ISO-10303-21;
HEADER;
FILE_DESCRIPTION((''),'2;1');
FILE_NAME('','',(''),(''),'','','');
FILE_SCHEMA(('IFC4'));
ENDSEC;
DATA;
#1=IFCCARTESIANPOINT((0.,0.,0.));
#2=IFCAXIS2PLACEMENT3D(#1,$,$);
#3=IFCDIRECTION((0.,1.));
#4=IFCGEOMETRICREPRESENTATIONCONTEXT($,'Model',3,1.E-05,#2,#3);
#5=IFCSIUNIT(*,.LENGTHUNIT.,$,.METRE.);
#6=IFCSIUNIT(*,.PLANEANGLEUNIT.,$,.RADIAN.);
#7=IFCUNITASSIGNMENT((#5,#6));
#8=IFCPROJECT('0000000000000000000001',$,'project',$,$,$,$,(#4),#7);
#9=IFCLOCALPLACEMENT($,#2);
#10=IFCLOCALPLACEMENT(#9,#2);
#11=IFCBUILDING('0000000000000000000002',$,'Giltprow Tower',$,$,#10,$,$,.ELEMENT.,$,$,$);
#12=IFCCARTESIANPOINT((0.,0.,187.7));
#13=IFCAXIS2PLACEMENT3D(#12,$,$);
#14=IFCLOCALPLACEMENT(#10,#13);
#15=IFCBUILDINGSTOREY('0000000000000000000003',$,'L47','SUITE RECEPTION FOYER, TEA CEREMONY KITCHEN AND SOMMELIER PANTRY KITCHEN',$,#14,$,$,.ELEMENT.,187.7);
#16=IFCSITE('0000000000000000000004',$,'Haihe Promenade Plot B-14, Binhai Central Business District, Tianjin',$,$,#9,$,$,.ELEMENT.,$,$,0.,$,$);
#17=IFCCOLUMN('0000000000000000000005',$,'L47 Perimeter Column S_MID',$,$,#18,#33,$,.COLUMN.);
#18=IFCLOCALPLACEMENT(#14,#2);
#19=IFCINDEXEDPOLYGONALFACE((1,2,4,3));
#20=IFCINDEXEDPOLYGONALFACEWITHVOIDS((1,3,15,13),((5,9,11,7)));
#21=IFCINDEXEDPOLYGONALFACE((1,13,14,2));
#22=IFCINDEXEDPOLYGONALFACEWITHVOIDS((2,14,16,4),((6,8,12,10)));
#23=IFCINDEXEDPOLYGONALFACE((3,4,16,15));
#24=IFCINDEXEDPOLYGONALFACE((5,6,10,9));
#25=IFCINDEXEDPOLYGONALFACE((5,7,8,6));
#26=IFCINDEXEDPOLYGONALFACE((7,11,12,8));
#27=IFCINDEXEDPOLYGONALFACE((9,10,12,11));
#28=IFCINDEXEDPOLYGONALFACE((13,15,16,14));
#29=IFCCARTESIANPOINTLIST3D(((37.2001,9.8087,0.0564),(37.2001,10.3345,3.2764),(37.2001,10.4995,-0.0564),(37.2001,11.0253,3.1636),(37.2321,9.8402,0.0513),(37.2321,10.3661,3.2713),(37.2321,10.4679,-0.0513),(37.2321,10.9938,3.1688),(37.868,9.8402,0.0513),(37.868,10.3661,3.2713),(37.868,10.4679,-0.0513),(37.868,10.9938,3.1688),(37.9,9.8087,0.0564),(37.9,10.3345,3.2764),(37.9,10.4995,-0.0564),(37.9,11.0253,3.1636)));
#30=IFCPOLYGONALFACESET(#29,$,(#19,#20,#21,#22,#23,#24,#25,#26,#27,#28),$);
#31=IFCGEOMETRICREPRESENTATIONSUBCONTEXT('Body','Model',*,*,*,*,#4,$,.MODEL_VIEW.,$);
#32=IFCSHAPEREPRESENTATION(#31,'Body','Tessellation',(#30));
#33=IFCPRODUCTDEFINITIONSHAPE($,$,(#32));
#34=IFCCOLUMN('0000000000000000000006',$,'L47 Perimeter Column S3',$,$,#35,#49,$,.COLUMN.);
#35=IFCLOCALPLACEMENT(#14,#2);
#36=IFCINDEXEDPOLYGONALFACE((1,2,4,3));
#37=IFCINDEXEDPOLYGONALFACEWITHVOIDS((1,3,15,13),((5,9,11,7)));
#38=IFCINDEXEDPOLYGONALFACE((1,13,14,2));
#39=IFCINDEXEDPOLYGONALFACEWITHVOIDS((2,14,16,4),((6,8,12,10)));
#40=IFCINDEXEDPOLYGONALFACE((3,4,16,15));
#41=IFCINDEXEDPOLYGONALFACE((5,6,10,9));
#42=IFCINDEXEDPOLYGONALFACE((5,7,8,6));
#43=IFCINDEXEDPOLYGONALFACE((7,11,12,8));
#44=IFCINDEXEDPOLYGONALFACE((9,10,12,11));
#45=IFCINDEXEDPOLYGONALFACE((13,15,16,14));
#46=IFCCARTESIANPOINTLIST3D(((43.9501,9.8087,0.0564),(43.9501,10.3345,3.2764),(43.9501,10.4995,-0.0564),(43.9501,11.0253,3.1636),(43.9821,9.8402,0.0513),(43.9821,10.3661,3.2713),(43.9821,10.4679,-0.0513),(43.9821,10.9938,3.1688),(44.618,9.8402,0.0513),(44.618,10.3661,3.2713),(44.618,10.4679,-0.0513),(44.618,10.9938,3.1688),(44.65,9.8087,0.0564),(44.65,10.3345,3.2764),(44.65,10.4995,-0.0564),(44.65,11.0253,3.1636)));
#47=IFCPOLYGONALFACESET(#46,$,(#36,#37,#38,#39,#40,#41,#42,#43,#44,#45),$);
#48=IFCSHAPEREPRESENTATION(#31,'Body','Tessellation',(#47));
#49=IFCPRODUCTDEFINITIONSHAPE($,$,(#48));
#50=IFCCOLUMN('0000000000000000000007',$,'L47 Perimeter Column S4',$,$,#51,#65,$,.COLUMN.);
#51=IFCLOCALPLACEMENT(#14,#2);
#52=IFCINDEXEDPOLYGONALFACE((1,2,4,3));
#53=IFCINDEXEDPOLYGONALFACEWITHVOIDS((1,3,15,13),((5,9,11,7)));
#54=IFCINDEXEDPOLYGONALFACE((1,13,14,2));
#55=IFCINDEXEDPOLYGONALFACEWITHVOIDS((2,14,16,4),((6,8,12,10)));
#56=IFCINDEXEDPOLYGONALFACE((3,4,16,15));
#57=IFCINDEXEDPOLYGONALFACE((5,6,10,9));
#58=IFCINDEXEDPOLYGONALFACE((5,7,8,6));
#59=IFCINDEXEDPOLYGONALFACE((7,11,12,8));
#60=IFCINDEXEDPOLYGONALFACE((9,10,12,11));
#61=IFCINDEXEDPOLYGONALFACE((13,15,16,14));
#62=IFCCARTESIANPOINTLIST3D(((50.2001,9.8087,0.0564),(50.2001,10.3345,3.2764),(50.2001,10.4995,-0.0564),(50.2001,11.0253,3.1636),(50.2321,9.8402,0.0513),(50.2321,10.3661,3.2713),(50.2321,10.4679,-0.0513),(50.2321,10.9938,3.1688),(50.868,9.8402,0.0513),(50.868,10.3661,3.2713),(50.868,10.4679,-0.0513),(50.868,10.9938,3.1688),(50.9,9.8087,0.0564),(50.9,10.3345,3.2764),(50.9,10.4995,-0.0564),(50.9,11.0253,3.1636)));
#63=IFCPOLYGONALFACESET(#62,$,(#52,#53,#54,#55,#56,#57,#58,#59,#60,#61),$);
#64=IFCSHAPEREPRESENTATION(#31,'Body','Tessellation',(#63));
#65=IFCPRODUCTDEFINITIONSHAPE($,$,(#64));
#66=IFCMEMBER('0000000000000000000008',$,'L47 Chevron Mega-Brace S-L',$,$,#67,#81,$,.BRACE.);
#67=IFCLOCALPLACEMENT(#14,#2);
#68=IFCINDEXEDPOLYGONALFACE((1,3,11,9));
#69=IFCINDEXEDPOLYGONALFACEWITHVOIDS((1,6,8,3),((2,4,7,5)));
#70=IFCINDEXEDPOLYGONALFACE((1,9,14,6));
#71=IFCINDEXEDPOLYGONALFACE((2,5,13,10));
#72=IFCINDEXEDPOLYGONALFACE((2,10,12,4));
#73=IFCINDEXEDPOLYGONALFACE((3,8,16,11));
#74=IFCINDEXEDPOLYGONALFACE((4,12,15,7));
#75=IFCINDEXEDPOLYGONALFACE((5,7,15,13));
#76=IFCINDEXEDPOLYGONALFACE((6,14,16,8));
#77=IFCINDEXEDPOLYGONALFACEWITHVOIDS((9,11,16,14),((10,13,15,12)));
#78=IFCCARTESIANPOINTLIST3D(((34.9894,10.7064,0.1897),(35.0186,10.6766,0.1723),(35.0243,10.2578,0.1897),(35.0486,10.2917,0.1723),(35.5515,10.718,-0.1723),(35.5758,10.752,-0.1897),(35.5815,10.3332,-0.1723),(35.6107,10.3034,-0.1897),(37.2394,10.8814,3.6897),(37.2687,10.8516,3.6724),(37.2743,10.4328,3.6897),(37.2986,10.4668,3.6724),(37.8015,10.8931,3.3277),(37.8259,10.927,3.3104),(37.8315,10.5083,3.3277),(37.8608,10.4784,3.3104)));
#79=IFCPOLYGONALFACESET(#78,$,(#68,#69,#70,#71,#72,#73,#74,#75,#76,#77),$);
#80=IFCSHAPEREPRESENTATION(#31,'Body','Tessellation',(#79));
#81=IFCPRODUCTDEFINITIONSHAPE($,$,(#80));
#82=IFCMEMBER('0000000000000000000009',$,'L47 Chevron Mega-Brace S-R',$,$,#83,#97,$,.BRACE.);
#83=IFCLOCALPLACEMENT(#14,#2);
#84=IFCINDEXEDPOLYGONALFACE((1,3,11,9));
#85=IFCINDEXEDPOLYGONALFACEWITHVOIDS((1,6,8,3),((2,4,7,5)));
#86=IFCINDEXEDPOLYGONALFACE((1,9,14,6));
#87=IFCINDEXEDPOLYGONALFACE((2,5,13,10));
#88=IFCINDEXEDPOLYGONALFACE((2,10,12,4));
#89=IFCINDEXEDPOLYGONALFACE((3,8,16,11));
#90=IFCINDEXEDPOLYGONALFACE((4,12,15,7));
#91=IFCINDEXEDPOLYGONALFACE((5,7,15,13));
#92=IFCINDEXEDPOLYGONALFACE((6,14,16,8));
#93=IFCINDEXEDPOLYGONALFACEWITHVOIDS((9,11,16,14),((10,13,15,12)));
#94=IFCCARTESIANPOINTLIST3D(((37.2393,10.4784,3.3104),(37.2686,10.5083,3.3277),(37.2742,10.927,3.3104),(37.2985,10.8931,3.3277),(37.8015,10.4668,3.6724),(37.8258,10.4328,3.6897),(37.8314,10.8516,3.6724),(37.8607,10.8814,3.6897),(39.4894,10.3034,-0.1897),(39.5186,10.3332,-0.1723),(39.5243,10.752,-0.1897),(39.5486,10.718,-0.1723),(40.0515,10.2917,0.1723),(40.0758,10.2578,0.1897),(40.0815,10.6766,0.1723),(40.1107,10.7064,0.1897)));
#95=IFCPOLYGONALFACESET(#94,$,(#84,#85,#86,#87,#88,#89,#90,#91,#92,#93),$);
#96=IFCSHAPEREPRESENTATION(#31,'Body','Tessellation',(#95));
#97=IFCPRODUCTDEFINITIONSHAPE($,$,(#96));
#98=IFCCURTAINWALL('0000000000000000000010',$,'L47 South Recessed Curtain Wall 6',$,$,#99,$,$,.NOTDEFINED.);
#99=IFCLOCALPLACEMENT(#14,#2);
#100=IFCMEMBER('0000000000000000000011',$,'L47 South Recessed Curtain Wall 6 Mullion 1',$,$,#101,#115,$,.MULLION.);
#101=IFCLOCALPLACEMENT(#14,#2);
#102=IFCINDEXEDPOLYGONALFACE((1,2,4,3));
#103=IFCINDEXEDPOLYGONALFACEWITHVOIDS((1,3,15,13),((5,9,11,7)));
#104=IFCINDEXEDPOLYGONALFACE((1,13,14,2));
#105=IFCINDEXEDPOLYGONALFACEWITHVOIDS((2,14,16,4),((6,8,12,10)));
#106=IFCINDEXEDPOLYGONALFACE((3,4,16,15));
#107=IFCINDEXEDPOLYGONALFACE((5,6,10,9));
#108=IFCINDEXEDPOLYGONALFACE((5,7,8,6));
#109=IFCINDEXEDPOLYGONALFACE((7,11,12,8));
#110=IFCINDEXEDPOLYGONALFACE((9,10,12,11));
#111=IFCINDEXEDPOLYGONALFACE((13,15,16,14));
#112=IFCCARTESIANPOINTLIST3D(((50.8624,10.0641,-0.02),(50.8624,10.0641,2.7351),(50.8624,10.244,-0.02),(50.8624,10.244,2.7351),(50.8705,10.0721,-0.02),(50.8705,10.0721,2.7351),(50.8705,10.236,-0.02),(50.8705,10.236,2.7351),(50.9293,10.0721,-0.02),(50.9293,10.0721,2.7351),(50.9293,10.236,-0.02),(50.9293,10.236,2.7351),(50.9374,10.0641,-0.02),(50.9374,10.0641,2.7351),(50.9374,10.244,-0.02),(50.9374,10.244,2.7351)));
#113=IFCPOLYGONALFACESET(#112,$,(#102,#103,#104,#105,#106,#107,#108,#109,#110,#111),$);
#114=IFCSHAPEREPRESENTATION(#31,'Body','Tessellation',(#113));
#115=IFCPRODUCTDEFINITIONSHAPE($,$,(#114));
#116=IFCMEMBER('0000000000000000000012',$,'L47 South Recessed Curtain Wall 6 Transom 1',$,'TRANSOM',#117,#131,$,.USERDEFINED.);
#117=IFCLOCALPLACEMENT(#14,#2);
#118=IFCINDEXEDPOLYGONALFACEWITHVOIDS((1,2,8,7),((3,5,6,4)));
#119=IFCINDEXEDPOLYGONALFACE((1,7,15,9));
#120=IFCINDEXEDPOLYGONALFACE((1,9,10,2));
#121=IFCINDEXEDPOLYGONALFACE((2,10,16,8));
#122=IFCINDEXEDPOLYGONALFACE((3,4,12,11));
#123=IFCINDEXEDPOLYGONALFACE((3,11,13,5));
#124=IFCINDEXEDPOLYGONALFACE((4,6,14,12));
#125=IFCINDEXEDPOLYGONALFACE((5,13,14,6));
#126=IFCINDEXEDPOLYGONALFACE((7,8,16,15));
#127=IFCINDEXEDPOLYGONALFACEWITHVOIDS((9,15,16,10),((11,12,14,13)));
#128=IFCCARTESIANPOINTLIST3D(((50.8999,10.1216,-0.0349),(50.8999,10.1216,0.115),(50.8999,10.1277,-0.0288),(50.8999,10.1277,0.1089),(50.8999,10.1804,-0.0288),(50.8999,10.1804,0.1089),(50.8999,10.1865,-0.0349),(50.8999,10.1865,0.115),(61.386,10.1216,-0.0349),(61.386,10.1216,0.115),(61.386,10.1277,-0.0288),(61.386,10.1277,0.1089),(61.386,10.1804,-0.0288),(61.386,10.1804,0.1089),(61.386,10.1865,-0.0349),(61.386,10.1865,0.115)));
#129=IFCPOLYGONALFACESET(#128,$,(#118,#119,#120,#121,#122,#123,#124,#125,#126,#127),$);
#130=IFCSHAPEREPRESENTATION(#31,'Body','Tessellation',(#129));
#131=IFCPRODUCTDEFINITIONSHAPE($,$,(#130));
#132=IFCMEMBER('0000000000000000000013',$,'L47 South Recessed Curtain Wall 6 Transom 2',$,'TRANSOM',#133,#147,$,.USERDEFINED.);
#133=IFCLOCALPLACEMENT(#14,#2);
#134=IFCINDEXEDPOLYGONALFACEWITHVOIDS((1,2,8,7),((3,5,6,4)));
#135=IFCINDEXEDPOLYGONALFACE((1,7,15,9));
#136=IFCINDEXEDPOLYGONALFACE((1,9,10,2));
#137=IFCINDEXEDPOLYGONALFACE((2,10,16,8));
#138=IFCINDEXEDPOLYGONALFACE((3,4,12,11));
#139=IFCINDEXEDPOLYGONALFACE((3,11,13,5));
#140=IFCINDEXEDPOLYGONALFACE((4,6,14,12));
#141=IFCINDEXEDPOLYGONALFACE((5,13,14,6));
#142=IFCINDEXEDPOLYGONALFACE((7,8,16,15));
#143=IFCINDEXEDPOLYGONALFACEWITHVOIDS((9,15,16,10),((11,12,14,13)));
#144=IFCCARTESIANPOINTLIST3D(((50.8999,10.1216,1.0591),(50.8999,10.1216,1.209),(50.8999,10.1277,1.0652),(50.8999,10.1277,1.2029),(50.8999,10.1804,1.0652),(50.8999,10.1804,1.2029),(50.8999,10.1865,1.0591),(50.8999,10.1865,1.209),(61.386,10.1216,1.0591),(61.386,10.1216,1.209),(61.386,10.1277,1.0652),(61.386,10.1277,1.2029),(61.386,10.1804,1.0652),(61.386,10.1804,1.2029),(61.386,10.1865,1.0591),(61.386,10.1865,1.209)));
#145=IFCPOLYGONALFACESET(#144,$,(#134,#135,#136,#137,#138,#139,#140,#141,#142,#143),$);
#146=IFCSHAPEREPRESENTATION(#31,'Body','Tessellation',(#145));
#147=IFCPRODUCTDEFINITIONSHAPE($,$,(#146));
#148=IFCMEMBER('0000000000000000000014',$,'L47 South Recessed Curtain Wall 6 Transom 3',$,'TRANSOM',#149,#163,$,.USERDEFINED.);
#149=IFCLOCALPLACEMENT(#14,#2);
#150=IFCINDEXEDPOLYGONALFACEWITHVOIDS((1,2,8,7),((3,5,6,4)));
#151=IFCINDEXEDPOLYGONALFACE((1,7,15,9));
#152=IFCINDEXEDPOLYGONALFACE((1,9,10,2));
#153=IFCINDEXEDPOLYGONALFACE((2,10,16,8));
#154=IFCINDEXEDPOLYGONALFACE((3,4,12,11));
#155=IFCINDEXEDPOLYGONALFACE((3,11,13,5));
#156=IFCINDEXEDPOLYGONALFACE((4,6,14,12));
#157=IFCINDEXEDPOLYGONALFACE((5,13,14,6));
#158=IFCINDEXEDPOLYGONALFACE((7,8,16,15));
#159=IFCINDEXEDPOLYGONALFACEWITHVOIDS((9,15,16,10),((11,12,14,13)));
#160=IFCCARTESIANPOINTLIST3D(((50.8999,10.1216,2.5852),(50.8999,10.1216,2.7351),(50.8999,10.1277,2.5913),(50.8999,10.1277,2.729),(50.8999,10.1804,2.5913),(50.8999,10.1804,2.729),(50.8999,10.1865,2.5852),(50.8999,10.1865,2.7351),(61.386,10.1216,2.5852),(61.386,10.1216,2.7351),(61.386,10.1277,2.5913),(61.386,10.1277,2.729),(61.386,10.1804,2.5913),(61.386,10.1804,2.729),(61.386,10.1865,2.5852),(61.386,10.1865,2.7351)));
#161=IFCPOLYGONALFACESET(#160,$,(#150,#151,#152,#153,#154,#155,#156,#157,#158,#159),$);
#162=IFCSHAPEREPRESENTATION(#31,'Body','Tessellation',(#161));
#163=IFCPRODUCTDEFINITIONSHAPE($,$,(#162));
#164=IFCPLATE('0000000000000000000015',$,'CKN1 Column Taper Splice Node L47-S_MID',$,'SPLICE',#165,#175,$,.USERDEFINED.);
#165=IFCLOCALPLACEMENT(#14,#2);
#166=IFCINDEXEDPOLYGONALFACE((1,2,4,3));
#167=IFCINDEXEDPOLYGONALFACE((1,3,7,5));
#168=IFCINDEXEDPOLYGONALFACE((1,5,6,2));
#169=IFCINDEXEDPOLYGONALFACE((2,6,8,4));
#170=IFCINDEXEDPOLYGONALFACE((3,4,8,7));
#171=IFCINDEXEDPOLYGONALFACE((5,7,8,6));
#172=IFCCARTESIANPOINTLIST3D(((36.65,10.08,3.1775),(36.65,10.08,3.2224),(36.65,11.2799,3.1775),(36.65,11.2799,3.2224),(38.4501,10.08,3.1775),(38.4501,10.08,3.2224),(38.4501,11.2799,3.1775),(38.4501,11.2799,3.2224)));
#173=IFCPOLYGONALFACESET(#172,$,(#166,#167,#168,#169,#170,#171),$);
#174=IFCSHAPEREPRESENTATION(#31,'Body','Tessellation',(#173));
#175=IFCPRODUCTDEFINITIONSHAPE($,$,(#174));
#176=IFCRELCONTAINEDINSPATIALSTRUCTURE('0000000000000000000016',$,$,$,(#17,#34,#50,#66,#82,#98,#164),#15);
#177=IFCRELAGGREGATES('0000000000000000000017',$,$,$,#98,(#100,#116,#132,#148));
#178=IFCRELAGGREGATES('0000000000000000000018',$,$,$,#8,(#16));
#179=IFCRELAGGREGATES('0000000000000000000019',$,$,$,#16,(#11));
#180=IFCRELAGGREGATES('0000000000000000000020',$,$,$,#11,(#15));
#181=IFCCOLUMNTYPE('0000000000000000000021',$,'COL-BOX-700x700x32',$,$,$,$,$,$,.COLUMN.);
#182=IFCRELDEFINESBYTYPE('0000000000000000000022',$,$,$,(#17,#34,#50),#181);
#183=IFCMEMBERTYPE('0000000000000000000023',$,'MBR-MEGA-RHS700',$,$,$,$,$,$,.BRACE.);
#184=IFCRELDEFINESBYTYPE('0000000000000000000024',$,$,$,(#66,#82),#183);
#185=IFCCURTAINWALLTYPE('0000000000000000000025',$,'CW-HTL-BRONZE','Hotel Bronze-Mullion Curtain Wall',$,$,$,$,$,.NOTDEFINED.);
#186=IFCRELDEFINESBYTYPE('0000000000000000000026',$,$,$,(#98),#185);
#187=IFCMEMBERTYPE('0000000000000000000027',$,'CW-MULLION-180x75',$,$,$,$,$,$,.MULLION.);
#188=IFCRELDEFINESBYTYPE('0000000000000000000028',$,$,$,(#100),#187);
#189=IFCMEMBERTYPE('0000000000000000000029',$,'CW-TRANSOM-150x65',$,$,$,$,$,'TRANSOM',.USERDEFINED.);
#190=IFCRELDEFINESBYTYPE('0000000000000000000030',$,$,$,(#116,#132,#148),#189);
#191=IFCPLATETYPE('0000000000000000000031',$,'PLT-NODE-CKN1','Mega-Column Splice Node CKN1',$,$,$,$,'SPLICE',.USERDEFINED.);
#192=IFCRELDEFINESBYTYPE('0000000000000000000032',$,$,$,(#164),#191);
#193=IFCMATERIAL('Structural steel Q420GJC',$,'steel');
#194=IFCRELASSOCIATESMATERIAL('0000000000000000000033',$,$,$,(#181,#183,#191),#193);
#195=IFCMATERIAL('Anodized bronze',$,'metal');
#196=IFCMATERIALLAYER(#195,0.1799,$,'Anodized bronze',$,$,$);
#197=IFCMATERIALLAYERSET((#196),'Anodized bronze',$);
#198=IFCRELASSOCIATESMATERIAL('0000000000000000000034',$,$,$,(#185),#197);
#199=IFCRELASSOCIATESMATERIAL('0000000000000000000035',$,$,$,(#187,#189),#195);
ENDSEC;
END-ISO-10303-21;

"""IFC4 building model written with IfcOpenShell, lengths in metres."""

from ifc_helpers import new_model, si_unit, direction, frame, origin, origin_2d, place, context, subcontext, project, spatial, rectangle, hollow_rectangle, extrude, source, transform, mapped, material, layer, layer_set, material_profile, profile_set, type_object, element, aggregate, save


model = new_model("IFC4")

# Units and contexts
model_context = context("Model", 3, precision=1e-05, world=origin(), true_north=direction((0.0, 1.0)))
body_context = subcontext(model_context, "Body", "Model", "MODEL_VIEW")
ifc_project = project(units=[si_unit("LENGTHUNIT", "METRE"), si_unit("PLANEANGLEUNIT", "RADIAN")], contexts=[model_context])

# Site, building, storey
site_placement = place(None, origin())
site = spatial("IfcSite", under=ifc_project, at=site_placement, Name="Haihe Promenade Plot B-14, Binhai Central Business District, Tianjin", CompositionType="ELEMENT", RefElevation=0.0)
building_placement = place(site_placement, origin())
building = spatial("IfcBuilding", under=site, at=building_placement, Name="Giltprow Tower", CompositionType="ELEMENT")
storey_placement = place(building_placement, frame((0.0, 0.0, 187.7)))
storey = spatial("IfcBuildingStorey", under=building, at=storey_placement, Name="L47", Description="SUITE RECEPTION FOYER, TEA CEREMONY KITCHEN AND SOMMELIER PANTRY KITCHEN", CompositionType="ELEMENT", Elevation=187.7)

# Columns
ifc_material_1 = material(Name="Structural steel Q420GJC", Category="steel")
ifc_material_profile_1 = material_profile(ifc_material_1, hollow_rectangle(XDim=0.7, YDim=0.7, WallThickness=0.032, at=origin_2d()), Name="BOX 700x700x32")
ifc_profile_set_1 = profile_set([ifc_material_profile_1], Name="Structural steel Q420GJC")
column_type = type_object("IfcColumnType", Name="COL-BOX-700x700x32", PredefinedType="COLUMN", material=ifc_profile_set_1)
shared_shape_1 = source(origin(), body_context, "Body", "SweptSolid", [
    extrude(hollow_rectangle(XDim=0.7, YDim=0.7, WallThickness=0.032, at=origin_2d()), origin(), (0.0, 0.0, 1.0), 3.2627),
])
for number, where, z_axis, x_axis, name in (
    (1, (37.55, 10.1541, 0.0), (0.0, 0.161182, 0.986925), (-1.0, 0.0, 0.0), "L47 Perimeter Column S_MID"),
    (2, (44.3, 10.1541, 0.0), (0.0, 0.161182, 0.986925), (-1.0, 0.0, 0.0), "L47 Perimeter Column S3"),
    (3, (50.55, 10.1541, 0.0), (0.0, 0.161182, 0.986925), (-1.0, 0.0, 0.0), "L47 Perimeter Column S4"),
):
    element("IfcColumn", number, at=place(storey_placement, frame(where, z_axis=z_axis, x_axis=x_axis)), inside=storey, type_object=column_type, Name=name, PredefinedType="COLUMN", context=body_context, shape_type="MappedRepresentation", body=[
        mapped(shared_shape_1, transform((0.0, 0.0, 0.0), x_axis=(1.0, 0.0, 0.0), y_axis=(0.0, 1.0, 0.0), z_axis=(0.0, 0.0, 1.0), scale=1.0)),
    ])

# Members
ifc_material_profile_2 = material_profile(ifc_material_1, hollow_rectangle(XDim=0.45, YDim=0.7, WallThickness=0.032, at=origin_2d()), Name="RHS 700x450x32")
ifc_profile_set_2 = profile_set([ifc_material_profile_2], Name="Structural steel Q420GJC")
member_type_1 = type_object("IfcMemberType", Name="MBR-MEGA-RHS700", PredefinedType="BRACE", material=ifc_profile_set_2)
shared_shape_2 = source(origin(), body_context, "Body", "SweptSolid", [
    extrude(hollow_rectangle(XDim=0.45, YDim=0.7, WallThickness=0.032, at=origin_2d()), origin(), (0.0, 0.0, 1.0), 4.1646),
])
for number, where, z_axis, x_axis, name in (
    (4, (35.3, 10.5049, 0.0), (0.54028, 0.042033, 0.840435), (-0.077565, 0.996987, 0.0), "L47 Chevron Mega-Brace S-L"),
    (5, (39.8, 10.5049, 0.0), (-0.54028, 0.042033, 0.840435), (-0.077565, -0.996987, 0.0), "L47 Chevron Mega-Brace S-R"),
):
    element("IfcMember", number, at=place(storey_placement, frame(where, z_axis=z_axis, x_axis=x_axis)), inside=storey, type_object=member_type_1, Name=name, PredefinedType="BRACE", context=body_context, shape_type="MappedRepresentation", body=[
        mapped(shared_shape_2, transform((0.0, 0.0, 0.0), x_axis=(1.0, 0.0, 0.0), y_axis=(0.0, 1.0, 0.0), z_axis=(0.0, 0.0, 1.0), scale=1.0)),
    ])

# Curtain wall, members
ifc_material_2 = material(Name="Anodized bronze", Category="metal")
ifc_layer_1 = layer(ifc_material_2, 0.1799, Name="Anodized bronze")
ifc_layer_set_1 = layer_set([ifc_layer_1], Name="Anodized bronze")
curtain_wall_type = type_object("IfcCurtainWallType", Name="CW-HTL-BRONZE", Description="Hotel Bronze-Mullion Curtain Wall", PredefinedType="NOTDEFINED", material=ifc_layer_set_1)
curtain_wall_placement = place(storey_placement, origin())
curtain_wall = element("IfcCurtainWall", 6, at=curtain_wall_placement, inside=storey, type_object=curtain_wall_type, Name="L47 South Recessed Curtain Wall 6", PredefinedType="NOTDEFINED")
ifc_material_profile_3 = material_profile(ifc_material_2, hollow_rectangle(XDim=0.075, YDim=0.1799, WallThickness=0.0081, at=origin_2d()), Name="RHS 180x75x8")
ifc_profile_set_3 = profile_set([ifc_material_profile_3], Name="Anodized bronze")
member_type_2 = type_object("IfcMemberType", Name="CW-MULLION-180x75", PredefinedType="MULLION", material=ifc_profile_set_3)
shared_shape_3 = source(origin(), body_context, "Body", "SweptSolid", [
    extrude(hollow_rectangle(XDim=0.075, YDim=0.1799, WallThickness=0.0081, at=origin_2d()), origin(), (0.0, 0.0, 1.0), 2.7551),
])
member_1_placement = place(storey_placement, frame((50.8999, 10.1541, -0.02), z_axis=(0.0, 0.0, 1.0), x_axis=(1.0, 0.0, 0.0)))
member_1 = element("IfcMember", 7, at=member_1_placement, type_object=member_type_2, Name="L47 South Recessed Curtain Wall 6 Mullion 1", PredefinedType="MULLION", context=body_context, shape_type="MappedRepresentation", body=[
    mapped(shared_shape_3, transform((0.0, 0.0, 0.0), x_axis=(1.0, 0.0, 0.0), y_axis=(0.0, 1.0, 0.0), z_axis=(0.0, 0.0, 1.0), scale=1.0)),
])
ifc_material_profile_4 = material_profile(ifc_material_2, hollow_rectangle(XDim=0.0649, YDim=0.1499, WallThickness=0.0061, at=origin_2d()), Name="RHS 150x65x6")
ifc_profile_set_4 = profile_set([ifc_material_profile_4], Name="Anodized bronze")
member_type_3 = type_object("IfcMemberType", Name="CW-TRANSOM-150x65", ElementType="TRANSOM", PredefinedType="USERDEFINED", material=ifc_profile_set_4)
shared_shape_4 = source(origin(), body_context, "Body", "SweptSolid", [
    extrude(hollow_rectangle(XDim=0.0649, YDim=0.1499, WallThickness=0.0061, at=origin_2d()), origin(), (0.0, 0.0, 1.0), 10.4861),
])
member_2_placement = place(storey_placement, frame((50.8999, 10.1541, 0.04), z_axis=(1.0, 0.0, 0.0), x_axis=(0.0, 1.0, 0.0)))
member_2 = element("IfcMember", 8, at=member_2_placement, type_object=member_type_3, Name="L47 South Recessed Curtain Wall 6 Transom 1", ObjectType="TRANSOM", PredefinedType="USERDEFINED", context=body_context, shape_type="MappedRepresentation", body=[
    mapped(shared_shape_4, transform((0.0, 0.0, 0.0), x_axis=(1.0, 0.0, 0.0), y_axis=(0.0, 1.0, 0.0), z_axis=(0.0, 0.0, 1.0), scale=1.0)),
])
member_3_placement = place(storey_placement, frame((50.8999, 10.1541, 1.134), z_axis=(1.0, 0.0, 0.0), x_axis=(0.0, 1.0, 0.0)))
member_3 = element("IfcMember", 9, at=member_3_placement, type_object=member_type_3, Name="L47 South Recessed Curtain Wall 6 Transom 2", ObjectType="TRANSOM", PredefinedType="USERDEFINED", context=body_context, shape_type="MappedRepresentation", body=[
    mapped(shared_shape_4, transform((0.0, 0.0, 0.0), x_axis=(1.0, 0.0, 0.0), y_axis=(0.0, 1.0, 0.0), z_axis=(0.0, 0.0, 1.0), scale=1.0)),
])
member_4_placement = place(storey_placement, frame((50.8999, 10.1541, 2.6602), z_axis=(1.0, 0.0, 0.0), x_axis=(0.0, 1.0, 0.0)))
member_4 = element("IfcMember", 10, at=member_4_placement, type_object=member_type_3, Name="L47 South Recessed Curtain Wall 6 Transom 3", ObjectType="TRANSOM", PredefinedType="USERDEFINED", context=body_context, shape_type="MappedRepresentation", body=[
    mapped(shared_shape_4, transform((0.0, 0.0, 0.0), x_axis=(1.0, 0.0, 0.0), y_axis=(0.0, 1.0, 0.0), z_axis=(0.0, 0.0, 1.0), scale=1.0)),
])

# Plate
plate_type_1 = type_object("IfcPlateType", Name="PLT-NODE-CKN1", Description="Mega-Column Splice Node CKN1", ElementType="SPLICE", PredefinedType="USERDEFINED", material=ifc_material_1)
shared_shape_5 = source(origin(), body_context, "Body", "SweptSolid", [
    extrude(rectangle(XDim=1.8, YDim=1.2, at=origin_2d()), origin(), (0.0, 0.0, 1.0), 0.0449),
])
plate_1_placement = place(storey_placement, frame((37.55, 10.6799, 3.1775), z_axis=(0.0, 0.0, 1.0), x_axis=(1.0, 0.0, 0.0)))
element("IfcPlate", 11, at=plate_1_placement, inside=storey, type_object=plate_type_1, Name="CKN1 Column Taper Splice Node L47-S_MID", ObjectType="SPLICE", PredefinedType="USERDEFINED", context=body_context, shape_type="MappedRepresentation", body=[
    mapped(shared_shape_5, transform((0.0, 0.0, 0.0), x_axis=(1.0, 0.0, 0.0), y_axis=(0.0, 1.0, 0.0), z_axis=(0.0, 0.0, 1.0), scale=1.0)),
])
aggregate(curtain_wall, [member_1, member_2, member_3, member_4])

save(model, "model.ifc")
